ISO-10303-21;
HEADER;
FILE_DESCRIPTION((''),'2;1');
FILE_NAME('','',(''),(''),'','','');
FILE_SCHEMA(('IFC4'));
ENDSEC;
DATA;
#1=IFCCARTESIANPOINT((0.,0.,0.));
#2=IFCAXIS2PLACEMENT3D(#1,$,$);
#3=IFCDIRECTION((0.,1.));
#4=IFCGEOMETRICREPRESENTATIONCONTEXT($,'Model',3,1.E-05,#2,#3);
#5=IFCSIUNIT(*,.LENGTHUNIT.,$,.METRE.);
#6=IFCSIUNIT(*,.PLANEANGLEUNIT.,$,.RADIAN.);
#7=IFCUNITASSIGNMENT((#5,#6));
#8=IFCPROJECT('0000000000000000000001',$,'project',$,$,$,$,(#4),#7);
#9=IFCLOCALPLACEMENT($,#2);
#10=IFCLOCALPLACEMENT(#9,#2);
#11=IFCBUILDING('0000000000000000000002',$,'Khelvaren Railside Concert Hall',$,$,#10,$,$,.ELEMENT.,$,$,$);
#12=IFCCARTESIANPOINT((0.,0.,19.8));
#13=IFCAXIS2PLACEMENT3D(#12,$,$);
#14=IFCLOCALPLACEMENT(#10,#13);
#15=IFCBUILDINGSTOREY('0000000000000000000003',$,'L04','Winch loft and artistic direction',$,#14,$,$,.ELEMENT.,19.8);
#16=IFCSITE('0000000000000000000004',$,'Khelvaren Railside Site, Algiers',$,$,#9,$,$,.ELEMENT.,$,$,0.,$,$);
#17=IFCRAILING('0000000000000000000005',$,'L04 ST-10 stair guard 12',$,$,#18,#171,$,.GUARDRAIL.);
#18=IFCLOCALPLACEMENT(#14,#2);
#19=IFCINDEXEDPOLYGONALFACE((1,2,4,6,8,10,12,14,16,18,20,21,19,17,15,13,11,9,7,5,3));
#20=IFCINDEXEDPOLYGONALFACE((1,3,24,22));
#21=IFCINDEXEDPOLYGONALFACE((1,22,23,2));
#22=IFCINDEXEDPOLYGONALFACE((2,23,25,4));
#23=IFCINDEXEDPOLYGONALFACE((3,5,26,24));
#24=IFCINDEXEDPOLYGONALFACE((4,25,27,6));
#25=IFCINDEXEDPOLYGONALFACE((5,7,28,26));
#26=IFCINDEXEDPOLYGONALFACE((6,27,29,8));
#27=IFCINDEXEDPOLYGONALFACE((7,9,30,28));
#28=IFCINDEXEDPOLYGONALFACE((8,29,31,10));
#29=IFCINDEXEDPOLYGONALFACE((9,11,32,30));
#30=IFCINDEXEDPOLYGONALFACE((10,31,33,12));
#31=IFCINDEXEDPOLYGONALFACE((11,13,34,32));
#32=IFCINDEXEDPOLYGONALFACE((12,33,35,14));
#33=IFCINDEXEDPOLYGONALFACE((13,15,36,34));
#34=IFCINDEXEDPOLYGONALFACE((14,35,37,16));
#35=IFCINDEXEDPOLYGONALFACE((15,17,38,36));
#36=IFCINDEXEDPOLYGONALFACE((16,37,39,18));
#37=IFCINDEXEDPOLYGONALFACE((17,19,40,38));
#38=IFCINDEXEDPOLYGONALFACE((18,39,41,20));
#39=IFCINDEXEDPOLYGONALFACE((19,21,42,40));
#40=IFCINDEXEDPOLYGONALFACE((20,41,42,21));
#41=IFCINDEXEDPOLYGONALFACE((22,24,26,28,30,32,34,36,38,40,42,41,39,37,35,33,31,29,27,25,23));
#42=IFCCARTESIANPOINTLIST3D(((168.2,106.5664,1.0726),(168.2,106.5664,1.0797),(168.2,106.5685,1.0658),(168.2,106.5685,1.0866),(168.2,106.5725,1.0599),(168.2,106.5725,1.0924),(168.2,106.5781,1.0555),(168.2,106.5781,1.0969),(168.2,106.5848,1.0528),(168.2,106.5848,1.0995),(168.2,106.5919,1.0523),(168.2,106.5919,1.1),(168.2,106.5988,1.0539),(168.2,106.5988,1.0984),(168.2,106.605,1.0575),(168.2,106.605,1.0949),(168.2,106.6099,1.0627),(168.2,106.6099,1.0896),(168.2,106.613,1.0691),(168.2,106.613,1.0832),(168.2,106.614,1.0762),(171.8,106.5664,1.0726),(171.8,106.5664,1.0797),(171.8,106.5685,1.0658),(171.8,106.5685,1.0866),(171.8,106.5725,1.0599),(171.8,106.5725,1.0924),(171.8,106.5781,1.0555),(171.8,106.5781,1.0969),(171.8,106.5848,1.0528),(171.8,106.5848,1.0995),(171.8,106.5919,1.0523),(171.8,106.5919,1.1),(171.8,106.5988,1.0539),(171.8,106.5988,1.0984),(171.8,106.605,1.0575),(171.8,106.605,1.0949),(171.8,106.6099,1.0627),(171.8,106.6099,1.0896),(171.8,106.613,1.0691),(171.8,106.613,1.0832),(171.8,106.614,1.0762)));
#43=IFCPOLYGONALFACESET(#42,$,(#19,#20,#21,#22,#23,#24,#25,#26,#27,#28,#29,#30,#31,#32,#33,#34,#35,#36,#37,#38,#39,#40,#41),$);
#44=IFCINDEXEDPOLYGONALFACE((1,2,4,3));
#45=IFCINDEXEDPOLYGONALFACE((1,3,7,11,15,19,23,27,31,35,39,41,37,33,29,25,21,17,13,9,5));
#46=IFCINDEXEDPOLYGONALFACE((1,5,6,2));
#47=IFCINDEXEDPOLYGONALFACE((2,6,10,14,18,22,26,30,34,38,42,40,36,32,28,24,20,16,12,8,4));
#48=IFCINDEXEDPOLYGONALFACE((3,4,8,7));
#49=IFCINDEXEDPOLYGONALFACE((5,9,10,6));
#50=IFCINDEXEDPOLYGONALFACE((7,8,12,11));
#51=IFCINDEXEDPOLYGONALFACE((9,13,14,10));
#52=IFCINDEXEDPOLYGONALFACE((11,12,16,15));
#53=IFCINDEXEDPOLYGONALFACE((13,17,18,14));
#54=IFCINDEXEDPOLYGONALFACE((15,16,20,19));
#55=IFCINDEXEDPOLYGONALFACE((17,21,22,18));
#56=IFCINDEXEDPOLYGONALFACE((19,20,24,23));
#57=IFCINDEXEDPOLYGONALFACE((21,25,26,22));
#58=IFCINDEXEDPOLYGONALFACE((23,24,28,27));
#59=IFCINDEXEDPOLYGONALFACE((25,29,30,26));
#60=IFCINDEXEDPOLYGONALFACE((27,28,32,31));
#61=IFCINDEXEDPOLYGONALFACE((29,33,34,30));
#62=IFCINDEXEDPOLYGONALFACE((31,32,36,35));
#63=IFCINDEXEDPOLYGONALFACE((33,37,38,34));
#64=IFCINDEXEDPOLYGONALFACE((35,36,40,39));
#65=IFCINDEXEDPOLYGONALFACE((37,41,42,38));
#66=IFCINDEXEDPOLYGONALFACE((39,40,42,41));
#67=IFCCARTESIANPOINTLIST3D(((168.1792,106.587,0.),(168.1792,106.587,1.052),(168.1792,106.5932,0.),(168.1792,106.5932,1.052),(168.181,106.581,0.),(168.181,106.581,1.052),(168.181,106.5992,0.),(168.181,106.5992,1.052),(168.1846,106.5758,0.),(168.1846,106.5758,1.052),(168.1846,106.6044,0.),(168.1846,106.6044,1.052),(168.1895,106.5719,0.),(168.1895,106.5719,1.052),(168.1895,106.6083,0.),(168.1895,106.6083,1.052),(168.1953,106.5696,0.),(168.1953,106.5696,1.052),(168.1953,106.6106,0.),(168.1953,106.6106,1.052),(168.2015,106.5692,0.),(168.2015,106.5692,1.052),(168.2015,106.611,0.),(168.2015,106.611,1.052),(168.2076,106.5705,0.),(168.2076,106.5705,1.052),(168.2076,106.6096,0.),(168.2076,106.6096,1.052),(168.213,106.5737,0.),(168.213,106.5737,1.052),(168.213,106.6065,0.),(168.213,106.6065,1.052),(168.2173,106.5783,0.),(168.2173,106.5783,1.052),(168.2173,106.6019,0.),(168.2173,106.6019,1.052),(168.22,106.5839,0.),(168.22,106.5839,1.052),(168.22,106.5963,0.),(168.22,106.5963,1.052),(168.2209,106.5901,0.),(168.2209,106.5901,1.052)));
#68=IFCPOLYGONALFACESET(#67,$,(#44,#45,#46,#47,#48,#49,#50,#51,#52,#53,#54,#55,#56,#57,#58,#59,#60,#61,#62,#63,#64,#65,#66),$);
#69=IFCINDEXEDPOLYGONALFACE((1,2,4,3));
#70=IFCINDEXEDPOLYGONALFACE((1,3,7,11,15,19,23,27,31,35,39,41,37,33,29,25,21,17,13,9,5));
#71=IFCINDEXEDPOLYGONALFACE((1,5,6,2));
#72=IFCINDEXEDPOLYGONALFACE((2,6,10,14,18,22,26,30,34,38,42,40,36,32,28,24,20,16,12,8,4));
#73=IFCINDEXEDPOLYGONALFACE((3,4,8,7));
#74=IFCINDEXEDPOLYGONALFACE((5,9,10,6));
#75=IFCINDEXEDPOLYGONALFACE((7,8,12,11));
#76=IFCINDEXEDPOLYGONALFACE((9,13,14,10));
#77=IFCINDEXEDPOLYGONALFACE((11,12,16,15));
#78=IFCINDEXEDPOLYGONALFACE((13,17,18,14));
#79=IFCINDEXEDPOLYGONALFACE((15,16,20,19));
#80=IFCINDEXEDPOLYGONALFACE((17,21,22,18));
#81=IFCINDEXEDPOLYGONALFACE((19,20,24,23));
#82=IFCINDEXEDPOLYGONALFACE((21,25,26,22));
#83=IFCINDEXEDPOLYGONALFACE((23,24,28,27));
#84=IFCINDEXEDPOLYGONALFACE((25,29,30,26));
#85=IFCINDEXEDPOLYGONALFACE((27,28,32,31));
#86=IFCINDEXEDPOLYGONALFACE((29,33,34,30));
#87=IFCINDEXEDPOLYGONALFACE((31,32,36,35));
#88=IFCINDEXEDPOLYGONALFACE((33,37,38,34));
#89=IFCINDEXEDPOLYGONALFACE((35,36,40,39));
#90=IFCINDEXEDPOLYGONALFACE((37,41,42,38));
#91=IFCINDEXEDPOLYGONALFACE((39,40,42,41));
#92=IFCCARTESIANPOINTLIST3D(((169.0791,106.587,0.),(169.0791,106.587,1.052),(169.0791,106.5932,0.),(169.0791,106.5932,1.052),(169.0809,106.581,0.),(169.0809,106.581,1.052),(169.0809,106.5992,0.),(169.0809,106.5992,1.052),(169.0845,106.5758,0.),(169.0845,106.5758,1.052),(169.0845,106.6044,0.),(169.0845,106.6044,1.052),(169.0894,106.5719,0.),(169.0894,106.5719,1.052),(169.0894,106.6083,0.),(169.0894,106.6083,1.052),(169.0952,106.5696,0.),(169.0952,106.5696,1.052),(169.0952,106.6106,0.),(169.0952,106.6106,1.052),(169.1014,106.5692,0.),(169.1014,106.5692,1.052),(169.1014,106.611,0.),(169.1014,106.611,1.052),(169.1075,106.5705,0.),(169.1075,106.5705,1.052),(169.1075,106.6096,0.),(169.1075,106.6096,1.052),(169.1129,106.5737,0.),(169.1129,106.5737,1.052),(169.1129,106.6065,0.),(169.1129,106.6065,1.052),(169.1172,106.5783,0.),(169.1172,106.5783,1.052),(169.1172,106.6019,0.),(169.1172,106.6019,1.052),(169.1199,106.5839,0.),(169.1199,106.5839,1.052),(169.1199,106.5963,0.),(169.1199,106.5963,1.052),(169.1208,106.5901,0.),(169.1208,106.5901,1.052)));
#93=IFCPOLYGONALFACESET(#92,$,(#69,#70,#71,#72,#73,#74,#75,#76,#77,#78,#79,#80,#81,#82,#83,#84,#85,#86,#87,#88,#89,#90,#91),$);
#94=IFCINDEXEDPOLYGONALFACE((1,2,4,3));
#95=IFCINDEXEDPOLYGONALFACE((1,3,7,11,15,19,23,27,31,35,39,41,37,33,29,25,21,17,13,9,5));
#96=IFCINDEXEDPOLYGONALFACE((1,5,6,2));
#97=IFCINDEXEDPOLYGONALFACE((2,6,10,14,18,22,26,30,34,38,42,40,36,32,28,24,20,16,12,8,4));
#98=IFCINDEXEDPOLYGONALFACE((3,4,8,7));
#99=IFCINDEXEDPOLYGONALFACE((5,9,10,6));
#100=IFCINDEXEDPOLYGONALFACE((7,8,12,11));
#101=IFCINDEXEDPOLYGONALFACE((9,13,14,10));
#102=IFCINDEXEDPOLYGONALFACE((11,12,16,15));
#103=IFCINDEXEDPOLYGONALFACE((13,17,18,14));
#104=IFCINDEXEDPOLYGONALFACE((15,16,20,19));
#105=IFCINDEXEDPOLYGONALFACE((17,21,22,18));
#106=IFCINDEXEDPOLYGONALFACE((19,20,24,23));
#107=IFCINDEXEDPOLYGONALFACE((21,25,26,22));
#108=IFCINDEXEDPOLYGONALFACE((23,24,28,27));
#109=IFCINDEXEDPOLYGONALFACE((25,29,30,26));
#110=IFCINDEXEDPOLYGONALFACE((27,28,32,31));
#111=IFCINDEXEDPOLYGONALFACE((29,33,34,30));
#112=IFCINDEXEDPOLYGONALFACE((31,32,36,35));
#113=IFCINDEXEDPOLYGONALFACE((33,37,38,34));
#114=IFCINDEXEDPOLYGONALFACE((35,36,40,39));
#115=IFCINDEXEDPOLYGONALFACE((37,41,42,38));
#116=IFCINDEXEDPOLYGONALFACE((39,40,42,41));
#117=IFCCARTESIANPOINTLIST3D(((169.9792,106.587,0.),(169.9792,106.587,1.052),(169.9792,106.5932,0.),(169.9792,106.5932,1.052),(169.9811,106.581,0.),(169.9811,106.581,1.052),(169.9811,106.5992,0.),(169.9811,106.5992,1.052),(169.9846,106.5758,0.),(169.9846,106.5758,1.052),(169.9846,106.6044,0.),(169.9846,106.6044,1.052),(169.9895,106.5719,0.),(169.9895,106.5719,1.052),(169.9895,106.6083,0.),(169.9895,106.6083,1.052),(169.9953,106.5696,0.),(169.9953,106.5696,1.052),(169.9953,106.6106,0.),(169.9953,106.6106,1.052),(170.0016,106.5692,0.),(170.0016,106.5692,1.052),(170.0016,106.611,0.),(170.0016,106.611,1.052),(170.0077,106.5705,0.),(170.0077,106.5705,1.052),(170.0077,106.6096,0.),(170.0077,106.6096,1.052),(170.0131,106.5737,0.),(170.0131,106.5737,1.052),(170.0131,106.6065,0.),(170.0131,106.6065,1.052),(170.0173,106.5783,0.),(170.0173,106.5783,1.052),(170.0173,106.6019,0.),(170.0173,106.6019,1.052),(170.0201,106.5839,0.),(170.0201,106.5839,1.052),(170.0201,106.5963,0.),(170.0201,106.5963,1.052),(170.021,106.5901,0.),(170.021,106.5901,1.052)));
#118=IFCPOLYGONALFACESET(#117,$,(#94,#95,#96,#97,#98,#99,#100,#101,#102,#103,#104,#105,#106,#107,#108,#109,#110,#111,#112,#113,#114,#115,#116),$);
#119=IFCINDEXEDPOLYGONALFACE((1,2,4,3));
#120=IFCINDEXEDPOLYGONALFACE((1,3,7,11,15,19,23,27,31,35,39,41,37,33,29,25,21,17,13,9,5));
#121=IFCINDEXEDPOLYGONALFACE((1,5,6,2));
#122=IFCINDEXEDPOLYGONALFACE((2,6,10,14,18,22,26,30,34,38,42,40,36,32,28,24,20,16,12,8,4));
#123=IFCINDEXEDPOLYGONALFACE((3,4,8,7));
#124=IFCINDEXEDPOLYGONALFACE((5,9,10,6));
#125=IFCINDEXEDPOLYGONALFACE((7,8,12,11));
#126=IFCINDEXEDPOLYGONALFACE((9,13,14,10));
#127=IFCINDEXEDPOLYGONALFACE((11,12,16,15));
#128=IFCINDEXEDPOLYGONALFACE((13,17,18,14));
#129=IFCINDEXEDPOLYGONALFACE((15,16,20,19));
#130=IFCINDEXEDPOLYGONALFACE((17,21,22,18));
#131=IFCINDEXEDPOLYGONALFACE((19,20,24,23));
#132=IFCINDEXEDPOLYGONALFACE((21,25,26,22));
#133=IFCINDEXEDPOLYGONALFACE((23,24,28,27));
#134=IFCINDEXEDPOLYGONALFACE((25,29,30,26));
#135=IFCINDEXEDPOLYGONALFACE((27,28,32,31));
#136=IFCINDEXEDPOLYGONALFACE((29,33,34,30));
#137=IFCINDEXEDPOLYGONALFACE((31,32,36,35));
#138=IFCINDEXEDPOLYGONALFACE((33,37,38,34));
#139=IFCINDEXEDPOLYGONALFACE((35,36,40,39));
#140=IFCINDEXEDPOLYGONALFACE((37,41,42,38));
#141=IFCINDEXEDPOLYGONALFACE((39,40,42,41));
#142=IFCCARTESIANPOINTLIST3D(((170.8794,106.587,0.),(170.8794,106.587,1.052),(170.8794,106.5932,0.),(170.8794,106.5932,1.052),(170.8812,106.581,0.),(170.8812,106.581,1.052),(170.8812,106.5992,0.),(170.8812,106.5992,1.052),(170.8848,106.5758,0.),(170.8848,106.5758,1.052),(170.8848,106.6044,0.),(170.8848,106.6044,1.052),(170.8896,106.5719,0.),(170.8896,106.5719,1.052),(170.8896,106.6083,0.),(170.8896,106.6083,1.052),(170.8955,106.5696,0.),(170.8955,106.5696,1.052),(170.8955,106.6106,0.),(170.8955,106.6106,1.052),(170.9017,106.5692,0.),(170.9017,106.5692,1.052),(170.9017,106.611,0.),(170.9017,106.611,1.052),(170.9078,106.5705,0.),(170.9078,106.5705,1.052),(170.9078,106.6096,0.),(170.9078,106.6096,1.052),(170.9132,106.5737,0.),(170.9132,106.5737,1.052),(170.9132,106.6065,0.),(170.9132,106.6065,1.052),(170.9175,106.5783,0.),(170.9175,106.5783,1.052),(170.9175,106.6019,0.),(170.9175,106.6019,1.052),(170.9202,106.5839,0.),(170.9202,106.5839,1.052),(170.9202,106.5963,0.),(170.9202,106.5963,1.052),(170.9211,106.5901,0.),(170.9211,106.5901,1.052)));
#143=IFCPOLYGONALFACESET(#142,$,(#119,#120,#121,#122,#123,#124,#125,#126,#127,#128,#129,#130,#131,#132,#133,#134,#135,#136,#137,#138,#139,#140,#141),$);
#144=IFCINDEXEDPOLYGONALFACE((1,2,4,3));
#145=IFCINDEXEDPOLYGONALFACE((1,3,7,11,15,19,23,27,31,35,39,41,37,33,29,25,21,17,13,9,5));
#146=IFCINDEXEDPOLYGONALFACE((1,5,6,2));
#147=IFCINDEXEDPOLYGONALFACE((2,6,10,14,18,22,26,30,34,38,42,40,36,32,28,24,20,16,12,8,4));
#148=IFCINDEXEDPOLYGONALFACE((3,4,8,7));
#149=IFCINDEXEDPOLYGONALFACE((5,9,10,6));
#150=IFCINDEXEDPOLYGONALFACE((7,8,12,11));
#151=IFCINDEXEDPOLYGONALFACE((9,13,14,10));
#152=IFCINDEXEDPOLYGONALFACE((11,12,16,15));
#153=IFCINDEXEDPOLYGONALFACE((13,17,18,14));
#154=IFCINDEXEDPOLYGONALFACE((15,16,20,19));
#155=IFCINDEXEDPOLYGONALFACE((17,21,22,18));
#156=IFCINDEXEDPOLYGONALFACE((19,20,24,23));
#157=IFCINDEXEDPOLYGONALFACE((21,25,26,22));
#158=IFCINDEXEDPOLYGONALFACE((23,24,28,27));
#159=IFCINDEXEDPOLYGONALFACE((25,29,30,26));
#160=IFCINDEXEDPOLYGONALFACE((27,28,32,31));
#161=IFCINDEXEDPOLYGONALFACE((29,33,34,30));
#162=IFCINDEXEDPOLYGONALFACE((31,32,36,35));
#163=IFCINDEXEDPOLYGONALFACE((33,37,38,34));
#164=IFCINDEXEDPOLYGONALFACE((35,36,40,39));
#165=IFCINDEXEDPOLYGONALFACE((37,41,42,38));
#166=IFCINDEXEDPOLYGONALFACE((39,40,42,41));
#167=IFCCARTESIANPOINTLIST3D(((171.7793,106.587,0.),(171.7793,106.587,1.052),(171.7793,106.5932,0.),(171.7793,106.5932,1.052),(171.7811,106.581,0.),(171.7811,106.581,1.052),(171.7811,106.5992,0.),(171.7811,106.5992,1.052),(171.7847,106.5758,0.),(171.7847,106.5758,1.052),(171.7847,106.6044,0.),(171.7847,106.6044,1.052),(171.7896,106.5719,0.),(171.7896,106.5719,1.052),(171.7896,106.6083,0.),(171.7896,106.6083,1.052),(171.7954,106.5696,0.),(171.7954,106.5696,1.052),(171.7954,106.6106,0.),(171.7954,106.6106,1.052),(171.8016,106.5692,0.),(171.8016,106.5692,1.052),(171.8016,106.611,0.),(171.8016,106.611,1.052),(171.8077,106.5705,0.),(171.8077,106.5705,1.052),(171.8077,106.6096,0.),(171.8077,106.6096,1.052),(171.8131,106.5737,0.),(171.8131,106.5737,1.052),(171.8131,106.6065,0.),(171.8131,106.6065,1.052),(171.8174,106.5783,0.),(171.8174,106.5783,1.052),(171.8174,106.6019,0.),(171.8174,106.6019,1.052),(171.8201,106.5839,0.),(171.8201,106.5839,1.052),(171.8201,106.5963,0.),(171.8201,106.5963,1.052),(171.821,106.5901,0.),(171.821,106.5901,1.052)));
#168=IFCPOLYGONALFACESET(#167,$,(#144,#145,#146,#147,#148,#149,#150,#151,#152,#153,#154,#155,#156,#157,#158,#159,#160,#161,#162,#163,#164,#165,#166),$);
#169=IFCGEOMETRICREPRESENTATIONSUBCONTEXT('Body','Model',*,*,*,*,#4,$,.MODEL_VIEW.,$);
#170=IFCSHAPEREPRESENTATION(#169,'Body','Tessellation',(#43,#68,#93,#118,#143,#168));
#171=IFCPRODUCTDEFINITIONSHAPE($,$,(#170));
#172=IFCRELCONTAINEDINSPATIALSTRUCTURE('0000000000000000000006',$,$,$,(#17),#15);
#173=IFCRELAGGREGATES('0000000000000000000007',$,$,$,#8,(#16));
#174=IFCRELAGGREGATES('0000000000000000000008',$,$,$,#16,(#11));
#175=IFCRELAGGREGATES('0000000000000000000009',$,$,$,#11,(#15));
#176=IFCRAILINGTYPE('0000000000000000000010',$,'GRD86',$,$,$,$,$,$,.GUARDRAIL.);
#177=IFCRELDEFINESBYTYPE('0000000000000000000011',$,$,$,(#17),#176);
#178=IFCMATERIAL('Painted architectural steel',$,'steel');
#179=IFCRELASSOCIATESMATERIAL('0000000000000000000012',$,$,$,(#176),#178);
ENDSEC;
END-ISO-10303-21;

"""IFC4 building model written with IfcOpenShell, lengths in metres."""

from ifc_helpers import new_model, si_unit, direction, frame, origin, origin_2d, place, context, subcontext, project, spatial, circle, extrude, material, type_object, element, save


model = new_model("IFC4")

# Units and contexts
model_context = context("Model", 3, precision=1e-05, world=origin(), true_north=direction((0.0, 1.0)))
body_context = subcontext(model_context, "Body", "Model", "MODEL_VIEW")
ifc_project = project(units=[si_unit("LENGTHUNIT", "METRE"), si_unit("PLANEANGLEUNIT", "RADIAN")], contexts=[model_context])

# Site, building, storey
site_placement = place(None, origin())
site = spatial("IfcSite", under=ifc_project, at=site_placement, Name="Khelvaren Railside Site, Algiers", CompositionType="ELEMENT", RefElevation=0.0)
building_placement = place(site_placement, origin())
building = spatial("IfcBuilding", under=site, at=building_placement, Name="Khelvaren Railside Concert Hall", CompositionType="ELEMENT")
storey_placement = place(building_placement, frame((0.0, 0.0, 19.8)))
storey = spatial("IfcBuildingStorey", under=building, at=storey_placement, Name="L04", Description="Winch loft and artistic direction", CompositionType="ELEMENT", Elevation=19.8)

# Railing
ifc_material_1 = material(Name="Painted architectural steel", Category="steel")
railing_type_1 = type_object("IfcRailingType", Name="GRD86", PredefinedType="GUARDRAIL", material=ifc_material_1)
railing_1_placement = place(storey_placement, frame((168.2, 106.5901, 0.0)))
element("IfcRailing", 1, at=railing_1_placement, inside=storey, type_object=railing_type_1, Name="L04 ST-10 stair guard 12", PredefinedType="GUARDRAIL", context=body_context, shape_type="SweptSolid", body=[
    extrude(circle(Radius=0.0239, at=origin_2d()), frame((0.0, 0.0, 1.0762), z_axis=(1.0, 0.0, 0.0), x_axis=(0.0, 1.0, 0.0)), (0.0, 0.0, 1.0), 3.6001),
    extrude(circle(Radius=0.021, at=origin_2d()), origin(), (0.0, 0.0, 1.0), 1.052),
    extrude(circle(Radius=0.021, at=origin_2d()), frame((0.8999, 0.0, 0.0)), (0.0, 0.0, 1.0), 1.052),
    extrude(circle(Radius=0.021, at=origin_2d()), frame((1.8, 0.0, 0.0)), (0.0, 0.0, 1.0), 1.052),
    extrude(circle(Radius=0.021, at=origin_2d()), frame((2.7002, 0.0, 0.0)), (0.0, 0.0, 1.0), 1.052),
    extrude(circle(Radius=0.021, at=origin_2d()), frame((3.6001, 0.0, 0.0)), (0.0, 0.0, 1.0), 1.052),
])

save(model, "model.ifc")
